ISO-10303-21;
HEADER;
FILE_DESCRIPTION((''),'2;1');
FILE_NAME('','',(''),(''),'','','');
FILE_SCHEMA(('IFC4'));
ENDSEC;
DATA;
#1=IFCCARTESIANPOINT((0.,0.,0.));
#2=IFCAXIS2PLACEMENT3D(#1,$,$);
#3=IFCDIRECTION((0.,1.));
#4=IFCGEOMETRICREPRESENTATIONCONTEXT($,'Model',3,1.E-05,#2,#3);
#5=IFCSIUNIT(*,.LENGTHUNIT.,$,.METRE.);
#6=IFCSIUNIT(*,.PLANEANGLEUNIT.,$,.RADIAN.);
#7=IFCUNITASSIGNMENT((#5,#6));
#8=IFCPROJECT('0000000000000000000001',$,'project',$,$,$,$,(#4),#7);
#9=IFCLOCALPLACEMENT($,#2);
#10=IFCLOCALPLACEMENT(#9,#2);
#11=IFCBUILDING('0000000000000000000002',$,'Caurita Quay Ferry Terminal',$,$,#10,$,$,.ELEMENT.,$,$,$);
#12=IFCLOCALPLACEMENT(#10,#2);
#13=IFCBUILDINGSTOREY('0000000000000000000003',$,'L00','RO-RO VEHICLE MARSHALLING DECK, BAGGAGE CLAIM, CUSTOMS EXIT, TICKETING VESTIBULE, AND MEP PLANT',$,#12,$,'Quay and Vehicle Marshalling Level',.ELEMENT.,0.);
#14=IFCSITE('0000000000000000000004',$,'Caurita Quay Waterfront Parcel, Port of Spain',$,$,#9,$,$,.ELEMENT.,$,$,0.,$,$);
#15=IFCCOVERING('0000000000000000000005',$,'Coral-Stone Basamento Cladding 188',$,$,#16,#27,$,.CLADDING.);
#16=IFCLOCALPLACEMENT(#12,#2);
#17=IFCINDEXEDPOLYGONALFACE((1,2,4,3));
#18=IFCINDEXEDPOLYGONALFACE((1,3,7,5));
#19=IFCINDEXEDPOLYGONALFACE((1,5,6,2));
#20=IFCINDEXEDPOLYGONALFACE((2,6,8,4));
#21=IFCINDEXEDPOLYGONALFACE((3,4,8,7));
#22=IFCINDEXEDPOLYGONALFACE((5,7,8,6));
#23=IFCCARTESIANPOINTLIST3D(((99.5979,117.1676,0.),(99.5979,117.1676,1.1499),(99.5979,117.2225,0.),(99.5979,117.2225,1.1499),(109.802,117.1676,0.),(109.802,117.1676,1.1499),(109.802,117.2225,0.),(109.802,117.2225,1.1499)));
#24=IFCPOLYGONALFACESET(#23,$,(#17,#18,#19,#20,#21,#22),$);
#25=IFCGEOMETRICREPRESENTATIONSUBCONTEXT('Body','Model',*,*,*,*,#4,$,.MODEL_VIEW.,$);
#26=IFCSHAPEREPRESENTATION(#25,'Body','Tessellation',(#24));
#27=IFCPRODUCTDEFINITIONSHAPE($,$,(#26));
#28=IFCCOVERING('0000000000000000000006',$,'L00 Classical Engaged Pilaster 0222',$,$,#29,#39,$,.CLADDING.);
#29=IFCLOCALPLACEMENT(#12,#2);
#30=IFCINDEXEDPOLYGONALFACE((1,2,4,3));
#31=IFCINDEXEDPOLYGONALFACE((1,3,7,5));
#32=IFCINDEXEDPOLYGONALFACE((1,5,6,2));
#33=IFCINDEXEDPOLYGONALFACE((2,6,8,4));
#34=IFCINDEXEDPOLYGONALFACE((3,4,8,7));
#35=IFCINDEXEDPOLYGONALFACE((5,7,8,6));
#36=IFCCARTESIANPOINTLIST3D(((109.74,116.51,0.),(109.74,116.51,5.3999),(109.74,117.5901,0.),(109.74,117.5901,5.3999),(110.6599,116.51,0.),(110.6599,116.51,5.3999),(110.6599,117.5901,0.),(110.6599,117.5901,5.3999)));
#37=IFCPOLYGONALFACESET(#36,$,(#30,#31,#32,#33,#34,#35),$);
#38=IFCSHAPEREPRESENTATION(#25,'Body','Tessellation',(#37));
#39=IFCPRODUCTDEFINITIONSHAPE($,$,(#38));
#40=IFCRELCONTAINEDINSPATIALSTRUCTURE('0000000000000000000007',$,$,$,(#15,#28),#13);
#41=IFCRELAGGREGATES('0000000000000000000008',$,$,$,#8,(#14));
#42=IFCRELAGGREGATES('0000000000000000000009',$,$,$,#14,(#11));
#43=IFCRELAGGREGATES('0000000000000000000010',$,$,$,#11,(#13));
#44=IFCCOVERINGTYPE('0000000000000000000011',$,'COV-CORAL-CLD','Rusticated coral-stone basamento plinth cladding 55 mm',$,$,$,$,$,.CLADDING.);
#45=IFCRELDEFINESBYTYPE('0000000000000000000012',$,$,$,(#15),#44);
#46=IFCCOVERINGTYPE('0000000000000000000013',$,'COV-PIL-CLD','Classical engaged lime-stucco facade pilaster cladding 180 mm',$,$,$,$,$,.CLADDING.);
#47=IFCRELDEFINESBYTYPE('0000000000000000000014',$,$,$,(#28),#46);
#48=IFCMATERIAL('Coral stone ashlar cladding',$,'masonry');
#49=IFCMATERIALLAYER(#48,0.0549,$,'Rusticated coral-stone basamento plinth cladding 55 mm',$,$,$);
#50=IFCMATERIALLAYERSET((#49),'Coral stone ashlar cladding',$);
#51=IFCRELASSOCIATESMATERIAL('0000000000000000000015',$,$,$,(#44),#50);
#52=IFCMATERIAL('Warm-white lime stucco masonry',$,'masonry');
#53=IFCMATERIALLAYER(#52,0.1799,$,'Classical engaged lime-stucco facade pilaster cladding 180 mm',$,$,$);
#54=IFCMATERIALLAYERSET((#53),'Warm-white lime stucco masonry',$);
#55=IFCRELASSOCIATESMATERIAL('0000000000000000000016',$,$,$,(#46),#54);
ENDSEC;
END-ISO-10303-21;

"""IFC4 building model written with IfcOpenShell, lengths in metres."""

from ifc_helpers import new_model, si_unit, direction, frame, frame_2d, origin, origin_2d, place, context, subcontext, project, spatial, rectangle, extrude, material, layer, layer_set, type_object, element, save


model = new_model("IFC4")

# Units and contexts
model_context = context("Model", 3, precision=1e-05, world=origin(), true_north=direction((0.0, 1.0)))
body_context = subcontext(model_context, "Body", "Model", "MODEL_VIEW")
ifc_project = project(units=[si_unit("LENGTHUNIT", "METRE"), si_unit("PLANEANGLEUNIT", "RADIAN")], contexts=[model_context])

# Site, building, storey
site_placement = place(None, origin())
site = spatial("IfcSite", under=ifc_project, at=site_placement, Name="Caurita Quay Waterfront Parcel, Port of Spain", CompositionType="ELEMENT", RefElevation=0.0)
building_placement = place(site_placement, origin())
building = spatial("IfcBuilding", under=site, at=building_placement, Name="Caurita Quay Ferry Terminal", CompositionType="ELEMENT")
storey_placement = place(building_placement, origin())
storey = spatial("IfcBuildingStorey", under=building, at=storey_placement, Name="L00", Description="RO-RO VEHICLE MARSHALLING DECK, BAGGAGE CLAIM, CUSTOMS EXIT, TICKETING VESTIBULE, AND MEP PLANT", LongName="Quay and Vehicle Marshalling Level", CompositionType="ELEMENT", Elevation=0.0)

# Shared definitions
ifc_material_1 = material(Name="Warm-white lime stucco masonry", Category="masonry")

# Coverings
ifc_material_2 = material(Name="Coral stone ashlar cladding", Category="masonry")
ifc_layer_1 = layer(ifc_material_2, 0.0549, Name="Rusticated coral-stone basamento plinth cladding 55 mm")
ifc_layer_set_1 = layer_set([ifc_layer_1], Name="Coral stone ashlar cladding")
covering_type_1 = type_object("IfcCoveringType", Name="COV-CORAL-CLD", Description="Rusticated coral-stone basamento plinth cladding 55 mm", PredefinedType="CLADDING", material=ifc_layer_set_1)
covering_1_placement = place(storey_placement, frame((109.802, 117.1951, 0.0), z_axis=(0.0, 0.0, 1.0), x_axis=(-1.0, 0.0, 0.0)))
element("IfcCovering", 1, at=covering_1_placement, inside=storey, type_object=covering_type_1, Name="Coral-Stone Basamento Cladding 188", PredefinedType="CLADDING", context=body_context, shape_type="SweptSolid", body=[
    extrude(rectangle(XDim=10.2041, YDim=0.0549, at=frame_2d((5.1021, 0.0))), origin(), (0.0, 0.0, 1.0), 1.1499),
])
ifc_layer_2 = layer(ifc_material_1, 0.1799, Name="Classical engaged lime-stucco facade pilaster cladding 180 mm")
ifc_layer_set_2 = layer_set([ifc_layer_2], Name="Warm-white lime stucco masonry")
covering_type_2 = type_object("IfcCoveringType", Name="COV-PIL-CLD", Description="Classical engaged lime-stucco facade pilaster cladding 180 mm", PredefinedType="CLADDING", material=ifc_layer_set_2)
covering_2_placement = place(storey_placement, frame((110.2, 117.05, 0.0), z_axis=(0.0, 0.0, 1.0), x_axis=(1.0, 0.0, 0.0)))
element("IfcCovering", 2, at=covering_2_placement, inside=storey, type_object=covering_type_2, Name="L00 Classical Engaged Pilaster 0222", PredefinedType="CLADDING", context=body_context, shape_type="SweptSolid", body=[
    extrude(rectangle(XDim=0.9199, YDim=1.0801, at=origin_2d()), origin(), (0.0, 0.0, 1.0), 5.3999),
])

save(model, "model.ifc")
